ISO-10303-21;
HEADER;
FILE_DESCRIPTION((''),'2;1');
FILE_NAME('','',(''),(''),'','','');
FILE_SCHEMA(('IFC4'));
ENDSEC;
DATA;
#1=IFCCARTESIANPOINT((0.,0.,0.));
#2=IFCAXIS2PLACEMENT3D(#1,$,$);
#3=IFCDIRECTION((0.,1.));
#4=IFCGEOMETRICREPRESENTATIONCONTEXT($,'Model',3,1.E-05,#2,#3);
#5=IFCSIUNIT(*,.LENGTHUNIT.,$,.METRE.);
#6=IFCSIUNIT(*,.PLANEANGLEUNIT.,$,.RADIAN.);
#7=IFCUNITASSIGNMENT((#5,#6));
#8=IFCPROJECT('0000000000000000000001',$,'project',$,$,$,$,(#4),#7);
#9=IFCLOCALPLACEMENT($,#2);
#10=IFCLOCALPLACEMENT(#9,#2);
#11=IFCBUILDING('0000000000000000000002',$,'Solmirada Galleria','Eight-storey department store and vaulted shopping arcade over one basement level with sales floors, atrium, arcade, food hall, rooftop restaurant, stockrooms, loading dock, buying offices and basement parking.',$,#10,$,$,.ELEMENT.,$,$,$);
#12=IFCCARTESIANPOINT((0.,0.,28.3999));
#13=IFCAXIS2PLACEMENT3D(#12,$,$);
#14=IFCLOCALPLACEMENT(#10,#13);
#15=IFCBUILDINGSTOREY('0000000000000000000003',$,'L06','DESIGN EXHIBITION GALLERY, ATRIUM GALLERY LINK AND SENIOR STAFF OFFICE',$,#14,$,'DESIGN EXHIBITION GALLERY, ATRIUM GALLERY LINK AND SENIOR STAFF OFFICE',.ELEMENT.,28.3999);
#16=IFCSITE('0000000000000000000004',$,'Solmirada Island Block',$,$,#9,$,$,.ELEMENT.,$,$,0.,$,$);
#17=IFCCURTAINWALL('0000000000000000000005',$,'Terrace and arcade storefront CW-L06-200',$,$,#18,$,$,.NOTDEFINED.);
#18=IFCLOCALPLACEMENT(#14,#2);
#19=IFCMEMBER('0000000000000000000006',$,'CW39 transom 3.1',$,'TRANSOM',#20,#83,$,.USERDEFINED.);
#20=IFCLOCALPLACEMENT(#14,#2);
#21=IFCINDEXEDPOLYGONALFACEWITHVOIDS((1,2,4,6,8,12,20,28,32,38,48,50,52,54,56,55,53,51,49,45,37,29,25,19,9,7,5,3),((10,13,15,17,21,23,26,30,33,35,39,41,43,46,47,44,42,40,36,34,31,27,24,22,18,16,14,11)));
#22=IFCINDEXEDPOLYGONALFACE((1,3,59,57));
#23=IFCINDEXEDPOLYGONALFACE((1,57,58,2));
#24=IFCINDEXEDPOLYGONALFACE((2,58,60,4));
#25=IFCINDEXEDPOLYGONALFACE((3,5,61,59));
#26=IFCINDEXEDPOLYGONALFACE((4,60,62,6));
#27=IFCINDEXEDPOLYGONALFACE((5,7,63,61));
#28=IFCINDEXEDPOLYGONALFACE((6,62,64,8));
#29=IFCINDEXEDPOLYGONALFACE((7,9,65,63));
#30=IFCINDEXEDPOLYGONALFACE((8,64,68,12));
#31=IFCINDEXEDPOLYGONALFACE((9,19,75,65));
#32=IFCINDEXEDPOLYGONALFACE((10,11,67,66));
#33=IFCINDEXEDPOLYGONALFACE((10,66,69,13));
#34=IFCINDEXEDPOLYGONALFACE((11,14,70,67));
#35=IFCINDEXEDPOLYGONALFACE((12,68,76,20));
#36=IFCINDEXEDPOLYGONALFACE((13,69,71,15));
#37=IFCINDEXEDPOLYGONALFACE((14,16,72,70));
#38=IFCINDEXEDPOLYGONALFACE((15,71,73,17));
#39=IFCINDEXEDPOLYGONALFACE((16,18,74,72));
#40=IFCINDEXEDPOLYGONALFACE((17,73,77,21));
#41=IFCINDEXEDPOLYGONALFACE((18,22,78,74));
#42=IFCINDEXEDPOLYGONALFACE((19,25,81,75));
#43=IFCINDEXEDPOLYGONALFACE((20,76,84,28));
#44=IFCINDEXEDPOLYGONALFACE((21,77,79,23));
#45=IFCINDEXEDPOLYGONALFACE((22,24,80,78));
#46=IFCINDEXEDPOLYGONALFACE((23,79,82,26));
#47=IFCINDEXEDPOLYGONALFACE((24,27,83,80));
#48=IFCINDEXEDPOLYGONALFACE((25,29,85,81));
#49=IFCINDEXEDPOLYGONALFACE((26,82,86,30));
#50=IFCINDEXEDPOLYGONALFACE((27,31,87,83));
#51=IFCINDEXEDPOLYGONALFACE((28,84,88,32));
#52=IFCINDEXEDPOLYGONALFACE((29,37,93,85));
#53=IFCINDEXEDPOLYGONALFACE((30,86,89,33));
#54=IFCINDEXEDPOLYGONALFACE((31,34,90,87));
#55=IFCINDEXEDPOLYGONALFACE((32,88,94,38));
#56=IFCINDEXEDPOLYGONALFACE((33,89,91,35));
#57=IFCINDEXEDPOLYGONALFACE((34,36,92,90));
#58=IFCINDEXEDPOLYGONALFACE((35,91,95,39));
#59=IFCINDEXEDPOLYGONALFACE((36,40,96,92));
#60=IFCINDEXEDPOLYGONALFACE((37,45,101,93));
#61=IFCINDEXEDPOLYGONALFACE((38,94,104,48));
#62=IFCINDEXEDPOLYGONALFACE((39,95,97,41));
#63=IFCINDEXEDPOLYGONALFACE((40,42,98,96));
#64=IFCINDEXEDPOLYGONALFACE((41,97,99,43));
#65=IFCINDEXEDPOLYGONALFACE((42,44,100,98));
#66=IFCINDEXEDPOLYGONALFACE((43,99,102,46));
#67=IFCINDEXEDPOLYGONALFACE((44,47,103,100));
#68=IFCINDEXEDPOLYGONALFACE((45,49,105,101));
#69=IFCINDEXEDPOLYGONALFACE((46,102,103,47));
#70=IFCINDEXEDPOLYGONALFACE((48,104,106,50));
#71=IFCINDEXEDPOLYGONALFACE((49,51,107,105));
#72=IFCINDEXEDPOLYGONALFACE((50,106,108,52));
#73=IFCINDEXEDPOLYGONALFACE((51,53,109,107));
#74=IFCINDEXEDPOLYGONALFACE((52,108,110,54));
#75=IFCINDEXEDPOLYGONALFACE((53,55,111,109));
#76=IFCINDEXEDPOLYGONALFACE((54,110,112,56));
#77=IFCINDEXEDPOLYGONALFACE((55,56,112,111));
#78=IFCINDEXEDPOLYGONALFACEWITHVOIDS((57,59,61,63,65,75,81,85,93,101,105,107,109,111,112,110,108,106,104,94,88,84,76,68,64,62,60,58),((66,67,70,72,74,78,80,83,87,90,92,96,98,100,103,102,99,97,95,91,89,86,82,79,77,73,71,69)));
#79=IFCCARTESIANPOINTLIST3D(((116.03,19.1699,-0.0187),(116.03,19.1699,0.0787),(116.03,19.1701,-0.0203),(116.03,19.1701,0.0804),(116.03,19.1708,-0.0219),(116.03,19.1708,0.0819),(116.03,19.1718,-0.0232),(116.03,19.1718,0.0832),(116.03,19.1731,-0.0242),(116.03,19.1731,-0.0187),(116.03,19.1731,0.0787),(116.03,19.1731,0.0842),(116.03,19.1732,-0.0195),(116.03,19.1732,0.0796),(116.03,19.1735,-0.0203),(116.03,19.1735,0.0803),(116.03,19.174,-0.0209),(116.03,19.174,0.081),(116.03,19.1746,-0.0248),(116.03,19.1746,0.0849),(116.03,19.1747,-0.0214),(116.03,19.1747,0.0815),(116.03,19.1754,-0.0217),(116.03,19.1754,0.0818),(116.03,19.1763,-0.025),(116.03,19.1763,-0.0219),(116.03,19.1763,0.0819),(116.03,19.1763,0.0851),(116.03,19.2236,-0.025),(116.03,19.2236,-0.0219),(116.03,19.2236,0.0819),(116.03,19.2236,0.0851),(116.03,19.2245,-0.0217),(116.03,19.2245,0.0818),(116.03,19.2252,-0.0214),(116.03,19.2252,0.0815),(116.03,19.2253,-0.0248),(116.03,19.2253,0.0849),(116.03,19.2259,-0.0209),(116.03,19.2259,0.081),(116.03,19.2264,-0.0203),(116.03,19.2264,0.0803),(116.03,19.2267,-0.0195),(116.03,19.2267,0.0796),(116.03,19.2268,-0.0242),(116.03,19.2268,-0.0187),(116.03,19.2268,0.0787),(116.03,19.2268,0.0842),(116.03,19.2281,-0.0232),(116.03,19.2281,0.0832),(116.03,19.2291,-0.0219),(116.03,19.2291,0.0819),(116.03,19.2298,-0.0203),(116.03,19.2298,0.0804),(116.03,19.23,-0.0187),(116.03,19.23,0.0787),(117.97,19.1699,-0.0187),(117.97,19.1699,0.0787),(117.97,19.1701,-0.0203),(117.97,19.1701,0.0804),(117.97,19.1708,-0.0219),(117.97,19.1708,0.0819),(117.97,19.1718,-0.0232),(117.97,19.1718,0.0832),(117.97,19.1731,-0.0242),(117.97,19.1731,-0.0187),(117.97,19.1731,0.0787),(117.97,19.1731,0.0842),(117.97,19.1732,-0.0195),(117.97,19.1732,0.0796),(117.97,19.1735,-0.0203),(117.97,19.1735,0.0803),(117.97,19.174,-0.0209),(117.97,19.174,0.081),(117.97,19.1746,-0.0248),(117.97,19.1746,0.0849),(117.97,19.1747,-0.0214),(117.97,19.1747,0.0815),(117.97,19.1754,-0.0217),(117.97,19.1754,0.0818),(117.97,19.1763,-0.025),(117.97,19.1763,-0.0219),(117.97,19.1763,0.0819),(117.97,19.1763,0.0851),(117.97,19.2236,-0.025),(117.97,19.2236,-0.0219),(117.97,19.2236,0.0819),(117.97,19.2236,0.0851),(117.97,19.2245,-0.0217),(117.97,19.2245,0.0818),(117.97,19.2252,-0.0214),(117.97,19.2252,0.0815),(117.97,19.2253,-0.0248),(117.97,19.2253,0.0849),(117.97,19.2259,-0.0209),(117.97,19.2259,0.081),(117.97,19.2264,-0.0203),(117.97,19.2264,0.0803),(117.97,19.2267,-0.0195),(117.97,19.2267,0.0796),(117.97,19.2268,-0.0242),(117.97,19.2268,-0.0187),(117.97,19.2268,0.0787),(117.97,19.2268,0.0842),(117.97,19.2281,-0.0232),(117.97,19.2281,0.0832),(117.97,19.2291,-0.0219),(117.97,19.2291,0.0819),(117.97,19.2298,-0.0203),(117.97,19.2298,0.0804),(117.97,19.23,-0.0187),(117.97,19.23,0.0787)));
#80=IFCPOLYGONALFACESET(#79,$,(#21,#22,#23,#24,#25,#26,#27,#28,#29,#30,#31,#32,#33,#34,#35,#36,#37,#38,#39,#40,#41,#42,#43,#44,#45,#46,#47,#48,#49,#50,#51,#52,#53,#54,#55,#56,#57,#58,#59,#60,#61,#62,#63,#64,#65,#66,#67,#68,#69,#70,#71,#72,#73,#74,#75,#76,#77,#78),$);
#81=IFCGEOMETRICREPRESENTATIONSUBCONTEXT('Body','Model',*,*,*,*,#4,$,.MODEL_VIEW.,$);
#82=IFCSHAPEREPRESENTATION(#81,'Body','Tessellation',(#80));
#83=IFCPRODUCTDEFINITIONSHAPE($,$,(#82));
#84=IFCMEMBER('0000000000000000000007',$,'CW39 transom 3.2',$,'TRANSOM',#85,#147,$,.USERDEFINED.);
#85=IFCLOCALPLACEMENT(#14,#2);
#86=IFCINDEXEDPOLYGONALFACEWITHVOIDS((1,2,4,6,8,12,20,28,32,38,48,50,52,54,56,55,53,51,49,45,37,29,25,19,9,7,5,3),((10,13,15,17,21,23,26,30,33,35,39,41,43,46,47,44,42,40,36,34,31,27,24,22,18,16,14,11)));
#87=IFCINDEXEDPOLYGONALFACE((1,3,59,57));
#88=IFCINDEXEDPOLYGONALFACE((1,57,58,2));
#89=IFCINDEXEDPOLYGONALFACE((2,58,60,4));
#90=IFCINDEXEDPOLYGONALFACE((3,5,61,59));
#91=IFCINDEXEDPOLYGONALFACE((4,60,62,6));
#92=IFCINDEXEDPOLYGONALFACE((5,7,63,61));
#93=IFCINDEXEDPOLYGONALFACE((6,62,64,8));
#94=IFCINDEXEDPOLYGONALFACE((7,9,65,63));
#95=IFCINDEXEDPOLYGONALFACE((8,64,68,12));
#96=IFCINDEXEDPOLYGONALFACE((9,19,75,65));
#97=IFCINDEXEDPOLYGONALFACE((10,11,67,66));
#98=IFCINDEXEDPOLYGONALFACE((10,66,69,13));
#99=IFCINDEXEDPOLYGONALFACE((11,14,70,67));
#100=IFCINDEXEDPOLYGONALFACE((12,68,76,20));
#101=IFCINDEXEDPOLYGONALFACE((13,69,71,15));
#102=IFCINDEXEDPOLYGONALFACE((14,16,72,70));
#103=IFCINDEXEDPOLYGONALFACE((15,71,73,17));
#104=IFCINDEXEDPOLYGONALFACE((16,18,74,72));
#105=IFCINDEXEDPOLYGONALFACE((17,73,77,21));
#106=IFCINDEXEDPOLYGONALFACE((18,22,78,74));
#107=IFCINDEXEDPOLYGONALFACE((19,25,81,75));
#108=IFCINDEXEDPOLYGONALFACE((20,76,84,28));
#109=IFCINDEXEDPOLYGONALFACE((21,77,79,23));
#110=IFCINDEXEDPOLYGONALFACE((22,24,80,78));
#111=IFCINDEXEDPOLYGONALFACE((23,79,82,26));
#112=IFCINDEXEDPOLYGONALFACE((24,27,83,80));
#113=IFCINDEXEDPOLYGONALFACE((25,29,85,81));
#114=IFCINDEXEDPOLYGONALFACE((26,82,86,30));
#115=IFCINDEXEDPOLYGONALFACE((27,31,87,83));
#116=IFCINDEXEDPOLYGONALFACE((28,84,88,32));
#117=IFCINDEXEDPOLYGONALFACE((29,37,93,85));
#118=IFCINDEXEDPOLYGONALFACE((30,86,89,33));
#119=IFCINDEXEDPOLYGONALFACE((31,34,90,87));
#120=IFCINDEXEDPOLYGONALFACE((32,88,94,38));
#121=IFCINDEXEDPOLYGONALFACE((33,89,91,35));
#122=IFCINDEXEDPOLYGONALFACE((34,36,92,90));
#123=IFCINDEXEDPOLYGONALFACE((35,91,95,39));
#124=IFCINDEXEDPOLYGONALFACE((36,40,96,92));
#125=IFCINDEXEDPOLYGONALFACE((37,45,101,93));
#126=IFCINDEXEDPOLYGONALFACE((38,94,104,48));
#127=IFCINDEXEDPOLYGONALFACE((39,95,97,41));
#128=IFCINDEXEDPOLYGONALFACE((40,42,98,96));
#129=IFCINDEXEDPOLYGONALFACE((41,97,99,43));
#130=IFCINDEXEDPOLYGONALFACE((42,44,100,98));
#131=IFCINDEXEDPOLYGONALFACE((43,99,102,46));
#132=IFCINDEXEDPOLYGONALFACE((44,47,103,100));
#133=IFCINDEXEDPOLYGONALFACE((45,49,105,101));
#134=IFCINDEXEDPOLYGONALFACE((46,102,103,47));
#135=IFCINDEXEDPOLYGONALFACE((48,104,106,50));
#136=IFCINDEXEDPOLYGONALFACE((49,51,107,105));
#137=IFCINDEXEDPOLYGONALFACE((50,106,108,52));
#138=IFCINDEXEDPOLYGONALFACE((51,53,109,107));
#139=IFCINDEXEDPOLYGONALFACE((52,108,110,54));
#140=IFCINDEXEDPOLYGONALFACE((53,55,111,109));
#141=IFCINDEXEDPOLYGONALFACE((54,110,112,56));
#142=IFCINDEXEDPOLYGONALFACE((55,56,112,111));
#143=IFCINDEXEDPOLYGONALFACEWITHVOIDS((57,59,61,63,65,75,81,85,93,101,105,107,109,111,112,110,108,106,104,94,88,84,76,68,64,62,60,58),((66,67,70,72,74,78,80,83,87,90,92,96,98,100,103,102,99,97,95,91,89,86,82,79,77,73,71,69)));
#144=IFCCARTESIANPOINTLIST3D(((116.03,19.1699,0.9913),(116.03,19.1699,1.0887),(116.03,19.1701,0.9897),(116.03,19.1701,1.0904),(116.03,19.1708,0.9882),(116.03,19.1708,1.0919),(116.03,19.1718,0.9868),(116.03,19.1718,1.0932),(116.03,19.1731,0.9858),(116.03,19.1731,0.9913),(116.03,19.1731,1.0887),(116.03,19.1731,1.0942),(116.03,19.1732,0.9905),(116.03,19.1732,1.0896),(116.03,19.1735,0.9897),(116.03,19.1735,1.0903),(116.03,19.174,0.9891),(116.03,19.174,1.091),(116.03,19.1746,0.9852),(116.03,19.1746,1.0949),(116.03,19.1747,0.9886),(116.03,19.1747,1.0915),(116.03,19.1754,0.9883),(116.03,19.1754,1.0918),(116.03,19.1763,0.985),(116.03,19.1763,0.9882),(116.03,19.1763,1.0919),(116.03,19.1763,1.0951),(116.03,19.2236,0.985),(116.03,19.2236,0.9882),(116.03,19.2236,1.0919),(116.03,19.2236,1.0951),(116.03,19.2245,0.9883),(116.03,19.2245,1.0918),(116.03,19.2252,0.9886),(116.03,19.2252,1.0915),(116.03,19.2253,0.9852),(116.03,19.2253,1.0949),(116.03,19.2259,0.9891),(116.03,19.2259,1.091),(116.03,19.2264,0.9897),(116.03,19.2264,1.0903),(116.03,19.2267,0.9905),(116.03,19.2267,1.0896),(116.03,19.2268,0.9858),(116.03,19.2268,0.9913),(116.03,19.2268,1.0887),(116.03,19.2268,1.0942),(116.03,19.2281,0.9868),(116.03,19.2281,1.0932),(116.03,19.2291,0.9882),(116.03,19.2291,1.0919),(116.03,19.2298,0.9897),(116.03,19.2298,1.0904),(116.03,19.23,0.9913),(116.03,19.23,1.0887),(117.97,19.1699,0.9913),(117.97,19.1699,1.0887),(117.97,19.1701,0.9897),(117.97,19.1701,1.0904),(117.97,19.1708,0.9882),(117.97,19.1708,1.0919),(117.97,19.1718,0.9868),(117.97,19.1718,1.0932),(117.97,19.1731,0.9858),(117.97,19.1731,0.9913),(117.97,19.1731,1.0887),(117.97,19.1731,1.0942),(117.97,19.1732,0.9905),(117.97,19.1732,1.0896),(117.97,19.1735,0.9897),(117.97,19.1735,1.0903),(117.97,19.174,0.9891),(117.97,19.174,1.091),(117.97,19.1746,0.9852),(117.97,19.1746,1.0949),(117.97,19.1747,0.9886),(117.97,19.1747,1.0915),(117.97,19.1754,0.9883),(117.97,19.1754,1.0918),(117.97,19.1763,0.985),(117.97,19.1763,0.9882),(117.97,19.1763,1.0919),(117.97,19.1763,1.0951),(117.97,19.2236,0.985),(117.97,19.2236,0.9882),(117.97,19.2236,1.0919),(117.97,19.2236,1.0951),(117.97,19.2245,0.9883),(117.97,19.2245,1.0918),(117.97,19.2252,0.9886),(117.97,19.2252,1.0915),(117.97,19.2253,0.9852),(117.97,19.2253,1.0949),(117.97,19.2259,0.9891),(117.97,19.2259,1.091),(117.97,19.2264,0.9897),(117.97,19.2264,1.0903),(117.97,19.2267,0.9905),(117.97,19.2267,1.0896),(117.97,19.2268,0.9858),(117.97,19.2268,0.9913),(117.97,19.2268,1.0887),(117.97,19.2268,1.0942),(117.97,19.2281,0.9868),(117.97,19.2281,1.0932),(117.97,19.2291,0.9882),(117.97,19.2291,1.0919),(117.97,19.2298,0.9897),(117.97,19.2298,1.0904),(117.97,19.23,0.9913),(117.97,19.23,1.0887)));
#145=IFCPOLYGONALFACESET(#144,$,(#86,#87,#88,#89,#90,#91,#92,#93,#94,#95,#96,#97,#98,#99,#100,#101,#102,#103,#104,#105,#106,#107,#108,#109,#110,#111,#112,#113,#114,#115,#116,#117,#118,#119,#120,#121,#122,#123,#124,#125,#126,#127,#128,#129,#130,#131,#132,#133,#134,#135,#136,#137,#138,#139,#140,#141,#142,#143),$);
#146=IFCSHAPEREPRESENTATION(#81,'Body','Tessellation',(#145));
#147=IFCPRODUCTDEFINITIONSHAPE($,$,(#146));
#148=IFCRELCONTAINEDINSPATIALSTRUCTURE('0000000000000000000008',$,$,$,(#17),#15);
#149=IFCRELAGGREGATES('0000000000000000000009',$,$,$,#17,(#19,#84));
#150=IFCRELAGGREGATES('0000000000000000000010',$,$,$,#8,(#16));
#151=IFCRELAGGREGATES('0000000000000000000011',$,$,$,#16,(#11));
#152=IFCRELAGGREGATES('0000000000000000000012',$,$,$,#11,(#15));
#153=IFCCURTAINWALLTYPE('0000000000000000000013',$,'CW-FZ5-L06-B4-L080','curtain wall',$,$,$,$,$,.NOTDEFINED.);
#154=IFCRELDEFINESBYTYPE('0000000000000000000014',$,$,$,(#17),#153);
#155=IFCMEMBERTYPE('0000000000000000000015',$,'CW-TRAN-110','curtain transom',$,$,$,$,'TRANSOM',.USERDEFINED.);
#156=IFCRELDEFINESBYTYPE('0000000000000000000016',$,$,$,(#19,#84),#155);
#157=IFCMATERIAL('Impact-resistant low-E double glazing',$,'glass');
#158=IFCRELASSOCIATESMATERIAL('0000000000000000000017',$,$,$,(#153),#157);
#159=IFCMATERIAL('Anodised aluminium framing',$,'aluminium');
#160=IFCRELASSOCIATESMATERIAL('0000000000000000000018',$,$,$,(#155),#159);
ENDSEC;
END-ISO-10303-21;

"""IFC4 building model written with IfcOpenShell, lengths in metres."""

from ifc_helpers import new_model, si_unit, direction, frame, origin, origin_2d, place, context, subcontext, project, spatial, hollow_rectangle, extrude, material, material_profile, profile_set, type_object, element, aggregate, save


model = new_model("IFC4")

# Units and contexts
model_context = context("Model", 3, precision=1e-05, world=origin(), true_north=direction((0.0, 1.0)))
body_context = subcontext(model_context, "Body", "Model", "MODEL_VIEW")
ifc_project = project(units=[si_unit("LENGTHUNIT", "METRE"), si_unit("PLANEANGLEUNIT", "RADIAN")], contexts=[model_context])

# Site, building, storey
site_placement = place(None, origin())
site = spatial("IfcSite", under=ifc_project, at=site_placement, Name="Solmirada Island Block", CompositionType="ELEMENT", RefElevation=0.0)
building_placement = place(site_placement, origin())
building = spatial("IfcBuilding", under=site, at=building_placement, Name="Solmirada Galleria", Description="Eight-storey department store and vaulted shopping arcade over one basement level with sales floors, atrium, arcade, food hall, rooftop restaurant, stockrooms, loading dock, buying offices and basement parking.", CompositionType="ELEMENT")
storey_placement = place(building_placement, frame((0.0, 0.0, 28.3999)))
storey = spatial("IfcBuildingStorey", under=building, at=storey_placement, Name="L06", Description="DESIGN EXHIBITION GALLERY, ATRIUM GALLERY LINK AND SENIOR STAFF OFFICE", LongName="DESIGN EXHIBITION GALLERY, ATRIUM GALLERY LINK AND SENIOR STAFF OFFICE", CompositionType="ELEMENT", Elevation=28.3999)

# Curtain wall, members
ifc_material_1 = material(Name="Impact-resistant low-E double glazing", Category="glass")
curtain_wall_type = type_object("IfcCurtainWallType", Name="CW-FZ5-L06-B4-L080", Description="curtain wall", PredefinedType="NOTDEFINED", material=ifc_material_1)
curtain_wall_placement = place(storey_placement, origin())
curtain_wall = element("IfcCurtainWall", 1, at=curtain_wall_placement, inside=storey, type_object=curtain_wall_type, Name="Terrace and arcade storefront CW-L06-200", PredefinedType="NOTDEFINED")
ifc_material_2 = material(Name="Anodised aluminium framing", Category="aluminium")
ifc_material_profile_1 = material_profile(ifc_material_2, hollow_rectangle(XDim=0.0601, YDim=0.1101, WallThickness=0.0032, InnerFilletRadius=0.0032, OuterFilletRadius=0.0063, at=origin_2d()), Name="ALU-TRAN-110X60")
ifc_profile_set_1 = profile_set([ifc_material_profile_1], Name="Anodised aluminium framing")
member_type_1 = type_object("IfcMemberType", Name="CW-TRAN-110", Description="curtain transom", ElementType="TRANSOM", PredefinedType="USERDEFINED", material=ifc_profile_set_1)
member_1_placement = place(storey_placement, frame((116.03, 19.2, 0.03), z_axis=(1.0, 0.0, 0.0), x_axis=(0.0, 1.0, 0.0)))
member_1 = element("IfcMember", 2, at=member_1_placement, type_object=member_type_1, Name="CW39 transom 3.1", ObjectType="TRANSOM", PredefinedType="USERDEFINED", context=body_context, shape_type="SweptSolid", body=[
    extrude(hollow_rectangle(XDim=0.0601, YDim=0.1101, WallThickness=0.0032, InnerFilletRadius=0.0032, OuterFilletRadius=0.0063, at=origin_2d()), origin(), (0.0, 0.0, 1.0), 1.9399),
])
member_2_placement = place(storey_placement, frame((116.03, 19.2, 1.04), z_axis=(1.0, 0.0, 0.0), x_axis=(0.0, 1.0, 0.0)))
member_2 = element("IfcMember", 3, at=member_2_placement, type_object=member_type_1, Name="CW39 transom 3.2", ObjectType="TRANSOM", PredefinedType="USERDEFINED", context=body_context, shape_type="SweptSolid", body=[
    extrude(hollow_rectangle(XDim=0.0601, YDim=0.1101, WallThickness=0.0032, InnerFilletRadius=0.0032, OuterFilletRadius=0.0063, at=origin_2d()), origin(), (0.0, 0.0, 1.0), 1.9399),
])
aggregate(curtain_wall, [member_1, member_2])

save(model, "model.ifc")
